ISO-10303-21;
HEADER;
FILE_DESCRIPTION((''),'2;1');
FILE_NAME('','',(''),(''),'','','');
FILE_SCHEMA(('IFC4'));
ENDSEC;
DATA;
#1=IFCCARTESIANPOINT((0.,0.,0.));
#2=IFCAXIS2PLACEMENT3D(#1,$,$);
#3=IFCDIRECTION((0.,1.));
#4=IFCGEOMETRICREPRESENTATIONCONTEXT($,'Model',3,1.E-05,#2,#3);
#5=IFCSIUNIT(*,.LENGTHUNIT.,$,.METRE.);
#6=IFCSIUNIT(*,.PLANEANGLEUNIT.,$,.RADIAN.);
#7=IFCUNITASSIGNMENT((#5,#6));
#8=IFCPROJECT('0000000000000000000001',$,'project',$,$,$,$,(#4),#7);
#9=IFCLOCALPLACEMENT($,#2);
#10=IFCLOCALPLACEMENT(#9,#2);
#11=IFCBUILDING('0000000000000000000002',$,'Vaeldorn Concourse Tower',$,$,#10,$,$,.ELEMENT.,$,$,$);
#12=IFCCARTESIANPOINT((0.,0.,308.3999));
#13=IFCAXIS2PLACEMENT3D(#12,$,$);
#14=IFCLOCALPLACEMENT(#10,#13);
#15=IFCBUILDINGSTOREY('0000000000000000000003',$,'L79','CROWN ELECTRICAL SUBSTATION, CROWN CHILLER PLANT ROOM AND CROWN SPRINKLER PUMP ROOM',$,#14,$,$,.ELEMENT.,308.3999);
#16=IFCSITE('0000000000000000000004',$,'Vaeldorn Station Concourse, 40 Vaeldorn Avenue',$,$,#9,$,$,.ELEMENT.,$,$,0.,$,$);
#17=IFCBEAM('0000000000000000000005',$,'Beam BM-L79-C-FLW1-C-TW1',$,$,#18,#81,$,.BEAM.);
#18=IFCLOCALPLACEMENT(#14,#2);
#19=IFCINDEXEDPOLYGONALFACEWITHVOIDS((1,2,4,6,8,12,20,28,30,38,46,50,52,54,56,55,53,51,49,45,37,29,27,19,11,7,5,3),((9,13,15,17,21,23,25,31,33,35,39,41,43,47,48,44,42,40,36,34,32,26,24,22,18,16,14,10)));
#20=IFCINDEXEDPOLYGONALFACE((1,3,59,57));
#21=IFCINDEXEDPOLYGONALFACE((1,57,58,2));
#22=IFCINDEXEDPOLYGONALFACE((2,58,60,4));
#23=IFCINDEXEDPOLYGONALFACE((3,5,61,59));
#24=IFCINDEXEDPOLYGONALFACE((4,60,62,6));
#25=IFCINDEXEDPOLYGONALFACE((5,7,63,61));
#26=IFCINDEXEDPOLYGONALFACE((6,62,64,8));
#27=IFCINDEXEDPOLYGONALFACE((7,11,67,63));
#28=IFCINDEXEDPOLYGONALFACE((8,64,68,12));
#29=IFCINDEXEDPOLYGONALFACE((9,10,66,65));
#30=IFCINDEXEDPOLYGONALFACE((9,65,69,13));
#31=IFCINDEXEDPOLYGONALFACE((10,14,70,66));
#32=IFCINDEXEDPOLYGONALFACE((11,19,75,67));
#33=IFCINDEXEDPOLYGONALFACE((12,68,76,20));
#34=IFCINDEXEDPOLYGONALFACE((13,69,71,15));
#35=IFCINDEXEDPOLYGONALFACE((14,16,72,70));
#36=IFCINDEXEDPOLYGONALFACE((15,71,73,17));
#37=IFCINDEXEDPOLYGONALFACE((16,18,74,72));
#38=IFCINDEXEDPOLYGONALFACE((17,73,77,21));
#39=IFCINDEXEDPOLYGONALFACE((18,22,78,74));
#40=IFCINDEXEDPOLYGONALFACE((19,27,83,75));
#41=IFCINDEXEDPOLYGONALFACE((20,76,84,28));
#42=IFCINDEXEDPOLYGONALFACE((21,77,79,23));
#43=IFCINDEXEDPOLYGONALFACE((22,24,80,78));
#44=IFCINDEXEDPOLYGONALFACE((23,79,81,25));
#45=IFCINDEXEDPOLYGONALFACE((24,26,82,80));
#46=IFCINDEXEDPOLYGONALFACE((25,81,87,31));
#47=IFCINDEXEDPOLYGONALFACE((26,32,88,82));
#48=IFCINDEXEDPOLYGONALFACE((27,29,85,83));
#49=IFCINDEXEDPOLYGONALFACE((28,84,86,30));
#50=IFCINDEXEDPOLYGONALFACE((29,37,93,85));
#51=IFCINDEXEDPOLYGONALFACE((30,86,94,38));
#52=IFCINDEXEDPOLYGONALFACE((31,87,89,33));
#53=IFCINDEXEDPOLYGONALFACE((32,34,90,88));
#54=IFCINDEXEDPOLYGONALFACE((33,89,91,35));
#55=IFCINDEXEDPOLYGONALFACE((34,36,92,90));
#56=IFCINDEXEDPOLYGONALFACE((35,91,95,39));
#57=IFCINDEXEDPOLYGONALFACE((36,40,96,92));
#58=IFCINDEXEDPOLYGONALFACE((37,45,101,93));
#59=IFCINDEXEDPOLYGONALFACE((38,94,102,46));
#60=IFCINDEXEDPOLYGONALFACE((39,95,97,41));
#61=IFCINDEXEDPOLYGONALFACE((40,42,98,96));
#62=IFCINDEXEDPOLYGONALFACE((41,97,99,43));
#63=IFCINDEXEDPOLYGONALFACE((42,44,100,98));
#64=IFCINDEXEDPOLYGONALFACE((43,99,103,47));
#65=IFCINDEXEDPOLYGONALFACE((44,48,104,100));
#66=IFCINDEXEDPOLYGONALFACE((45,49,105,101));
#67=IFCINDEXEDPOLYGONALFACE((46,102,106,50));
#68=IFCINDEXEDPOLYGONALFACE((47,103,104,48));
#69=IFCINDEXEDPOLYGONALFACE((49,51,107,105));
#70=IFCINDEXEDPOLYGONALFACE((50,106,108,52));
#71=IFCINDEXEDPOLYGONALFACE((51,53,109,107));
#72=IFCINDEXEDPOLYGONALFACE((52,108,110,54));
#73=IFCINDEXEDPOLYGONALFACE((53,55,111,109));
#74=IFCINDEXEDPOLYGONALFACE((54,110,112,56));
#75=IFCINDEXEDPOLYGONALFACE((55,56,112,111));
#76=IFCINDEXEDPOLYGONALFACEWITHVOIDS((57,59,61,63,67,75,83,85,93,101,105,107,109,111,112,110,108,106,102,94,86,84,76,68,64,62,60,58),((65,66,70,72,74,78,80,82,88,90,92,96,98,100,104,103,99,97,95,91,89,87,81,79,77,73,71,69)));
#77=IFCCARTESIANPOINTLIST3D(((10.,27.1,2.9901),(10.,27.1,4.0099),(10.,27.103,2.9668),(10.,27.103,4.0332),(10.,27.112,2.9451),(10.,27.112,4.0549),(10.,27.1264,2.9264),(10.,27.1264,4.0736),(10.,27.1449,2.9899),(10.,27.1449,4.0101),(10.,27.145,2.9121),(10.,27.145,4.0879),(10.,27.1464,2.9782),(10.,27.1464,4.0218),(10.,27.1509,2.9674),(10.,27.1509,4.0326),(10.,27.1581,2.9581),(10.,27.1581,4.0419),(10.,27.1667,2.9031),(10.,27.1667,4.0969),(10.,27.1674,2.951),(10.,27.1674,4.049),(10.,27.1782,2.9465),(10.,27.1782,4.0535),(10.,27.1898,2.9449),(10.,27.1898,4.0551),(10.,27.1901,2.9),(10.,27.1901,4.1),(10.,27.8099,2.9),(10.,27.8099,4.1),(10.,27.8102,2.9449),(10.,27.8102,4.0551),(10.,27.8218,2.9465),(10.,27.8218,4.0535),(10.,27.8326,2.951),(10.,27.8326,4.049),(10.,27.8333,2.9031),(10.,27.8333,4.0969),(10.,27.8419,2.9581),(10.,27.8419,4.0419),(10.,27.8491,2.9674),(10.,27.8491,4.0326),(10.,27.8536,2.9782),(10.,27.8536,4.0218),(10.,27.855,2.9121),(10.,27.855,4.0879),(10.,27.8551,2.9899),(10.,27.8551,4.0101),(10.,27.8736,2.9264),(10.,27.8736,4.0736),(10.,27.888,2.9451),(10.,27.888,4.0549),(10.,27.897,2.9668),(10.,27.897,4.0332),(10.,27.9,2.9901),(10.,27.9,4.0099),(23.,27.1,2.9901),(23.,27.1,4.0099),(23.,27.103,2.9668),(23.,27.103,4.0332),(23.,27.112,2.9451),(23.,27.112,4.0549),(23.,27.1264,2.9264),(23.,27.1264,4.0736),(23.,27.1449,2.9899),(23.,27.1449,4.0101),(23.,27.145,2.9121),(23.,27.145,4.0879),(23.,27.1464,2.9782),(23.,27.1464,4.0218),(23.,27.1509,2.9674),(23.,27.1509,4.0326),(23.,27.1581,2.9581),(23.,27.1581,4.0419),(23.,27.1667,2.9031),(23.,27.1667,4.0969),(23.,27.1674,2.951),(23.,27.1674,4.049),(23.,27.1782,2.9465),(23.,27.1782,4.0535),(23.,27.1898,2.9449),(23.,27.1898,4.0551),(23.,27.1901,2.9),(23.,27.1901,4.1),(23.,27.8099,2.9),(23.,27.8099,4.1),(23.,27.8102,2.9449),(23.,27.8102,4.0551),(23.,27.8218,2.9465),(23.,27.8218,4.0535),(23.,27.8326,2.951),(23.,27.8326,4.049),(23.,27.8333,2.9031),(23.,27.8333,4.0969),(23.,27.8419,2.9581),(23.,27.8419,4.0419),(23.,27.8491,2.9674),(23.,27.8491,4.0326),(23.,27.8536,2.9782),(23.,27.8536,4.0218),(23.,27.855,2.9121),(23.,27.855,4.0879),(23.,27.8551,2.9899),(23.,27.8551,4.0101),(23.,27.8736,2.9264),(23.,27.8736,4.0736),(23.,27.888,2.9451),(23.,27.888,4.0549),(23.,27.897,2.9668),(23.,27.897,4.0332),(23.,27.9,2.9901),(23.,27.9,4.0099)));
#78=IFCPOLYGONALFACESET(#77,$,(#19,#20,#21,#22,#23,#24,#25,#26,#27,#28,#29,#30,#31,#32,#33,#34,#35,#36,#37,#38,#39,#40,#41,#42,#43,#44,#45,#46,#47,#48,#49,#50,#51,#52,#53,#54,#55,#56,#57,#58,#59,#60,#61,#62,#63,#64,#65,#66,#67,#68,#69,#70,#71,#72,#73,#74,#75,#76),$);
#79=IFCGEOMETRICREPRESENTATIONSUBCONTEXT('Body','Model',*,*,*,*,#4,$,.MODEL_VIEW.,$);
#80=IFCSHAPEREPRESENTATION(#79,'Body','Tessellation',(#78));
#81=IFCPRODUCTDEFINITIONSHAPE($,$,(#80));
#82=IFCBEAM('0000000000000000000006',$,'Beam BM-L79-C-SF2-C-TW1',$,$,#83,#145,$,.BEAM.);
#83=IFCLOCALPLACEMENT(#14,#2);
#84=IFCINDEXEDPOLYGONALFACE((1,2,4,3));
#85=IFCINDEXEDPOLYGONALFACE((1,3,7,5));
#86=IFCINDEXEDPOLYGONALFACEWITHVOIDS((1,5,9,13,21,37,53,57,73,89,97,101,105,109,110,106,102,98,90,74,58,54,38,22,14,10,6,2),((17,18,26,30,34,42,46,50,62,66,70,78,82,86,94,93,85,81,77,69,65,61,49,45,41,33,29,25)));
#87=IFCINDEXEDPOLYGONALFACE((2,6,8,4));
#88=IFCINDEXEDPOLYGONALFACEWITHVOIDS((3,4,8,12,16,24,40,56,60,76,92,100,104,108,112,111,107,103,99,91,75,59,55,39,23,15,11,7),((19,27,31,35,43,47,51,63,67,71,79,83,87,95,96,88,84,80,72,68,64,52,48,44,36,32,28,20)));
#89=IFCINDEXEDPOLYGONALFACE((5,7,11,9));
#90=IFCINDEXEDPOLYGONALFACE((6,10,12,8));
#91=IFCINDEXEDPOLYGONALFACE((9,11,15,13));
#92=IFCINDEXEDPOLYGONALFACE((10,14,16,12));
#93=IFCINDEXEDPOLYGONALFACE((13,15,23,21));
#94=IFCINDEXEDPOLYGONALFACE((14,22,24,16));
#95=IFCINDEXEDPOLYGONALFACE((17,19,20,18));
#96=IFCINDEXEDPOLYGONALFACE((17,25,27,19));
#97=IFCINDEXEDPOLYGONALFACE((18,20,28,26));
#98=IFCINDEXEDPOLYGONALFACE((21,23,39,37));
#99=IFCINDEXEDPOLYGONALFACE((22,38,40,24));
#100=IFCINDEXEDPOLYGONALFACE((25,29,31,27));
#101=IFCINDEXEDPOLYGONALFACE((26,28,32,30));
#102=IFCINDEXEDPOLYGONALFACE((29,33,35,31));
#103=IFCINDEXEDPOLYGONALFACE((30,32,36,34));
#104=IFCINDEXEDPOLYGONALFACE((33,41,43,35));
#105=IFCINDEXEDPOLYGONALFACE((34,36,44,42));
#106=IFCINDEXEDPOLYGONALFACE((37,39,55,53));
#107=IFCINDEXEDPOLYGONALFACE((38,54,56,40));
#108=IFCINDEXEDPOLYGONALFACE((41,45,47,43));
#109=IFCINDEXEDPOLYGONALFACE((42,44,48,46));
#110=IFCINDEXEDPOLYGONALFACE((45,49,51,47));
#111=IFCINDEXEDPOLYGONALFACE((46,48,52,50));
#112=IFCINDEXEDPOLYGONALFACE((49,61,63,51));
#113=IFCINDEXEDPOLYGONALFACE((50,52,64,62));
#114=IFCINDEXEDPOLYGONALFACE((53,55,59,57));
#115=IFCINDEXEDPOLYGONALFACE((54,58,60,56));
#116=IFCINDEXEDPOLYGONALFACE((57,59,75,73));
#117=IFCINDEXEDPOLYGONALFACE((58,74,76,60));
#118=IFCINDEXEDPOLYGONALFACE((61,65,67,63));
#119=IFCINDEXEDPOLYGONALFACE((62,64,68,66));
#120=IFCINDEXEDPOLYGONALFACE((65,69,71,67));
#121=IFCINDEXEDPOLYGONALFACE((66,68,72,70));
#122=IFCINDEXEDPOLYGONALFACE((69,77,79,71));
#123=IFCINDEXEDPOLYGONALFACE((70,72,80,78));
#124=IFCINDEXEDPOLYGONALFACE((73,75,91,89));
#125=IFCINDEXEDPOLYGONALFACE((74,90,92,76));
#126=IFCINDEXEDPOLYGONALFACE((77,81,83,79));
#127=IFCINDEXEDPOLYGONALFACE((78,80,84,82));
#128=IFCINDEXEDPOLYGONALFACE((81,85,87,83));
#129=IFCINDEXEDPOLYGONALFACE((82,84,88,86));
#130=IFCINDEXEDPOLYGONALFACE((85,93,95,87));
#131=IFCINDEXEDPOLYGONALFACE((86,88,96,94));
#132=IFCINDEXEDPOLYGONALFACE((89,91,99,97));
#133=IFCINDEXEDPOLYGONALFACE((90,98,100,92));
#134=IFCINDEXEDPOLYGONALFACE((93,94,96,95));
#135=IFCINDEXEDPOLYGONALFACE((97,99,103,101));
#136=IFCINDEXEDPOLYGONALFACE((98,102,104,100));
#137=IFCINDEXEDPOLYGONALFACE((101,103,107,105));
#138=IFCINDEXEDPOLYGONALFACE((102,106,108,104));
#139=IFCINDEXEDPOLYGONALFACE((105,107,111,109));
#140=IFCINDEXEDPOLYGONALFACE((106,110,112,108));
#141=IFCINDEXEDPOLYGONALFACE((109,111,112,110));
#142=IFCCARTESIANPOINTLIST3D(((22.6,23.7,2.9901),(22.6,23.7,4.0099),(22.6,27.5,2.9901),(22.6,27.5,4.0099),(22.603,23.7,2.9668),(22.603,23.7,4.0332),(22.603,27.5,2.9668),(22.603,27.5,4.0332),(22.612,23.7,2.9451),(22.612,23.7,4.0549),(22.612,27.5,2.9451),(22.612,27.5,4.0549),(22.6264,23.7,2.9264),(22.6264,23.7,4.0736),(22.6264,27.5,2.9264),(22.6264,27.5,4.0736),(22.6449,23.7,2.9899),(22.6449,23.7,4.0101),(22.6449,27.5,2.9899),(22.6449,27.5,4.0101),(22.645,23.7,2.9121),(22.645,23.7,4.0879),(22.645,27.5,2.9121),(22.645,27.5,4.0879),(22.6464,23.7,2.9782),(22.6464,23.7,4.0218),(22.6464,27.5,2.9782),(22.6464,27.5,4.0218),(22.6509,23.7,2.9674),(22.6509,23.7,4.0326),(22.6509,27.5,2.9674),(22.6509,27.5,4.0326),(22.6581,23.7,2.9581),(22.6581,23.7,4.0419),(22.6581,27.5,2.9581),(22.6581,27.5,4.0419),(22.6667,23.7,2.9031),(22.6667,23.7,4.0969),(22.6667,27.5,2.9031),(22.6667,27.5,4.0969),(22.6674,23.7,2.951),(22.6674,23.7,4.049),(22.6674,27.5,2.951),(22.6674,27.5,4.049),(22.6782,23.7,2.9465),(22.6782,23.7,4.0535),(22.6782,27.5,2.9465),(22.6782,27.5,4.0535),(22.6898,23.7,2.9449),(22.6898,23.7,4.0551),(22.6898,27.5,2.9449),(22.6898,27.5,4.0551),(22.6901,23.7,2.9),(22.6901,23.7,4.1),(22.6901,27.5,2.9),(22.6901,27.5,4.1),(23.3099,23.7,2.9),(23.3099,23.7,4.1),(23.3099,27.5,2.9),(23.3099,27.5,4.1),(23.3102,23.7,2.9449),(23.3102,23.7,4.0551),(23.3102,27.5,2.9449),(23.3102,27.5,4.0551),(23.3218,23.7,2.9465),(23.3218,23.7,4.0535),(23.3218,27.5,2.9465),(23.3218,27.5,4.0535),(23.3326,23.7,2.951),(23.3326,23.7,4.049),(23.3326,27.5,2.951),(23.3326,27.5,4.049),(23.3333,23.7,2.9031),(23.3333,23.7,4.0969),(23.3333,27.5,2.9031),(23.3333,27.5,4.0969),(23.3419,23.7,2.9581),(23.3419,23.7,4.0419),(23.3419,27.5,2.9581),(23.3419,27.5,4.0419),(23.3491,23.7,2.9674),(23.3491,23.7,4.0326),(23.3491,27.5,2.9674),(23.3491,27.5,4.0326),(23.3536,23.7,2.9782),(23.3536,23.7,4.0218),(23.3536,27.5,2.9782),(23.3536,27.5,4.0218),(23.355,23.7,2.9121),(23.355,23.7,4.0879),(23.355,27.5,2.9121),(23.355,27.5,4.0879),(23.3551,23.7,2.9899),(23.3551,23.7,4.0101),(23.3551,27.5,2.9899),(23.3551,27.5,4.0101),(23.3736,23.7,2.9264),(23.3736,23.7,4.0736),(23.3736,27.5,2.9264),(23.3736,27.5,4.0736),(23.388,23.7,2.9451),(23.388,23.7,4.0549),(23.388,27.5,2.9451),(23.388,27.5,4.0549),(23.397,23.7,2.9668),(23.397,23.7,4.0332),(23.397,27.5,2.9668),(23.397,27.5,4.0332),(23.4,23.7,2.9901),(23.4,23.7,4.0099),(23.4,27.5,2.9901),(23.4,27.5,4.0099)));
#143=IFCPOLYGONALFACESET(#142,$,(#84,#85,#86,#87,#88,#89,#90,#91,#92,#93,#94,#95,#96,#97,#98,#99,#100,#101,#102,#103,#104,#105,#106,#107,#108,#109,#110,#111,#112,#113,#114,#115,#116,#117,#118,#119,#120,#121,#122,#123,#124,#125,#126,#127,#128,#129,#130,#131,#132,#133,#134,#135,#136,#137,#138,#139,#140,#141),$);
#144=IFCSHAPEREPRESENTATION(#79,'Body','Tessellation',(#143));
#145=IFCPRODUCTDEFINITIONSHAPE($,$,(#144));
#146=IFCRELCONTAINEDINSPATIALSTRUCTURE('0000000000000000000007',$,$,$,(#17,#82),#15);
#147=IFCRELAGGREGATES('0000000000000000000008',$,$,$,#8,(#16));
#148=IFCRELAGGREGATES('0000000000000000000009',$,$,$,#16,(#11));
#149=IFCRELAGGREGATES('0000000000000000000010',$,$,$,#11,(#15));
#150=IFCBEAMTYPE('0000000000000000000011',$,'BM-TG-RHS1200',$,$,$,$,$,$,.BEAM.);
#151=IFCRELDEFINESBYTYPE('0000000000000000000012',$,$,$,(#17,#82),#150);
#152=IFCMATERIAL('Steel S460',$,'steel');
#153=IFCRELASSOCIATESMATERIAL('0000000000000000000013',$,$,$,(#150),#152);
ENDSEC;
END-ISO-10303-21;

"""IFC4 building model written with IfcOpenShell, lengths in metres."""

from ifc_helpers import new_model, si_unit, direction, frame, origin, origin_2d, place, context, subcontext, project, spatial, hollow_rectangle, extrude, source, transform, mapped, material, material_profile, profile_set, type_object, element, save


model = new_model("IFC4")

# Units and contexts
model_context = context("Model", 3, precision=1e-05, world=origin(), true_north=direction((0.0, 1.0)))
body_context = subcontext(model_context, "Body", "Model", "MODEL_VIEW")
ifc_project = project(units=[si_unit("LENGTHUNIT", "METRE"), si_unit("PLANEANGLEUNIT", "RADIAN")], contexts=[model_context])

# Site, building, storey
site_placement = place(None, origin())
site = spatial("IfcSite", under=ifc_project, at=site_placement, Name="Vaeldorn Station Concourse, 40 Vaeldorn Avenue", CompositionType="ELEMENT", RefElevation=0.0)
building_placement = place(site_placement, origin())
building = spatial("IfcBuilding", under=site, at=building_placement, Name="Vaeldorn Concourse Tower", CompositionType="ELEMENT")
storey_placement = place(building_placement, frame((0.0, 0.0, 308.3999)))
storey = spatial("IfcBuildingStorey", under=building, at=storey_placement, Name="L79", Description="CROWN ELECTRICAL SUBSTATION, CROWN CHILLER PLANT ROOM AND CROWN SPRINKLER PUMP ROOM", CompositionType="ELEMENT", Elevation=308.3999)

# Beams
ifc_material_1 = material(Name="Steel S460", Category="steel")
ifc_material_profile_1 = material_profile(ifc_material_1, hollow_rectangle(XDim=0.8, YDim=1.2, WallThickness=0.0449, InnerFilletRadius=0.0449, OuterFilletRadius=0.0901, at=origin_2d()), Name="RHS 1200x800x45")
ifc_profile_set_1 = profile_set([ifc_material_profile_1], Name="Steel S460")
beam_type = type_object("IfcBeamType", Name="BM-TG-RHS1200", PredefinedType="BEAM", material=ifc_profile_set_1)
shared_shape_1 = source(origin(), body_context, "Body", "SweptSolid", [
    extrude(hollow_rectangle(XDim=0.8, YDim=1.2, WallThickness=0.0449, InnerFilletRadius=0.0449, OuterFilletRadius=0.0901, at=origin_2d()), origin(), (0.0, 0.0, 1.0), 13.0),
])
beam_1_placement = place(storey_placement, frame((10.0, 27.5, 3.5), z_axis=(1.0, 0.0, 0.0), x_axis=(0.0, 1.0, 0.0)))
element("IfcBeam", 1, at=beam_1_placement, inside=storey, type_object=beam_type, Name="Beam BM-L79-C-FLW1-C-TW1", PredefinedType="BEAM", context=body_context, shape_type="MappedRepresentation", body=[
    mapped(shared_shape_1, transform((0.0, 0.0, 0.0), scale=1.0)),
])
shared_shape_2 = source(origin(), body_context, "Body", "SweptSolid", [
    extrude(hollow_rectangle(XDim=0.8, YDim=1.2, WallThickness=0.0449, InnerFilletRadius=0.0449, OuterFilletRadius=0.0901, at=origin_2d()), origin(), (0.0, 0.0, 1.0), 3.8),
])
for number, where, z_axis, x_axis, name in (
    (2, (23.0, 23.7, 3.5), (0.0, 1.0, 0.0), (-1.0, 0.0, 0.0), "Beam BM-L79-C-SF2-C-TW1"),
):
    element("IfcBeam", number, at=place(storey_placement, frame(where, z_axis=z_axis, x_axis=x_axis)), inside=storey, type_object=beam_type, Name=name, PredefinedType="BEAM", context=body_context, shape_type="MappedRepresentation", body=[
        mapped(shared_shape_2, transform((0.0, 0.0, 0.0), scale=1.0)),
    ])

save(model, "model.ifc")
